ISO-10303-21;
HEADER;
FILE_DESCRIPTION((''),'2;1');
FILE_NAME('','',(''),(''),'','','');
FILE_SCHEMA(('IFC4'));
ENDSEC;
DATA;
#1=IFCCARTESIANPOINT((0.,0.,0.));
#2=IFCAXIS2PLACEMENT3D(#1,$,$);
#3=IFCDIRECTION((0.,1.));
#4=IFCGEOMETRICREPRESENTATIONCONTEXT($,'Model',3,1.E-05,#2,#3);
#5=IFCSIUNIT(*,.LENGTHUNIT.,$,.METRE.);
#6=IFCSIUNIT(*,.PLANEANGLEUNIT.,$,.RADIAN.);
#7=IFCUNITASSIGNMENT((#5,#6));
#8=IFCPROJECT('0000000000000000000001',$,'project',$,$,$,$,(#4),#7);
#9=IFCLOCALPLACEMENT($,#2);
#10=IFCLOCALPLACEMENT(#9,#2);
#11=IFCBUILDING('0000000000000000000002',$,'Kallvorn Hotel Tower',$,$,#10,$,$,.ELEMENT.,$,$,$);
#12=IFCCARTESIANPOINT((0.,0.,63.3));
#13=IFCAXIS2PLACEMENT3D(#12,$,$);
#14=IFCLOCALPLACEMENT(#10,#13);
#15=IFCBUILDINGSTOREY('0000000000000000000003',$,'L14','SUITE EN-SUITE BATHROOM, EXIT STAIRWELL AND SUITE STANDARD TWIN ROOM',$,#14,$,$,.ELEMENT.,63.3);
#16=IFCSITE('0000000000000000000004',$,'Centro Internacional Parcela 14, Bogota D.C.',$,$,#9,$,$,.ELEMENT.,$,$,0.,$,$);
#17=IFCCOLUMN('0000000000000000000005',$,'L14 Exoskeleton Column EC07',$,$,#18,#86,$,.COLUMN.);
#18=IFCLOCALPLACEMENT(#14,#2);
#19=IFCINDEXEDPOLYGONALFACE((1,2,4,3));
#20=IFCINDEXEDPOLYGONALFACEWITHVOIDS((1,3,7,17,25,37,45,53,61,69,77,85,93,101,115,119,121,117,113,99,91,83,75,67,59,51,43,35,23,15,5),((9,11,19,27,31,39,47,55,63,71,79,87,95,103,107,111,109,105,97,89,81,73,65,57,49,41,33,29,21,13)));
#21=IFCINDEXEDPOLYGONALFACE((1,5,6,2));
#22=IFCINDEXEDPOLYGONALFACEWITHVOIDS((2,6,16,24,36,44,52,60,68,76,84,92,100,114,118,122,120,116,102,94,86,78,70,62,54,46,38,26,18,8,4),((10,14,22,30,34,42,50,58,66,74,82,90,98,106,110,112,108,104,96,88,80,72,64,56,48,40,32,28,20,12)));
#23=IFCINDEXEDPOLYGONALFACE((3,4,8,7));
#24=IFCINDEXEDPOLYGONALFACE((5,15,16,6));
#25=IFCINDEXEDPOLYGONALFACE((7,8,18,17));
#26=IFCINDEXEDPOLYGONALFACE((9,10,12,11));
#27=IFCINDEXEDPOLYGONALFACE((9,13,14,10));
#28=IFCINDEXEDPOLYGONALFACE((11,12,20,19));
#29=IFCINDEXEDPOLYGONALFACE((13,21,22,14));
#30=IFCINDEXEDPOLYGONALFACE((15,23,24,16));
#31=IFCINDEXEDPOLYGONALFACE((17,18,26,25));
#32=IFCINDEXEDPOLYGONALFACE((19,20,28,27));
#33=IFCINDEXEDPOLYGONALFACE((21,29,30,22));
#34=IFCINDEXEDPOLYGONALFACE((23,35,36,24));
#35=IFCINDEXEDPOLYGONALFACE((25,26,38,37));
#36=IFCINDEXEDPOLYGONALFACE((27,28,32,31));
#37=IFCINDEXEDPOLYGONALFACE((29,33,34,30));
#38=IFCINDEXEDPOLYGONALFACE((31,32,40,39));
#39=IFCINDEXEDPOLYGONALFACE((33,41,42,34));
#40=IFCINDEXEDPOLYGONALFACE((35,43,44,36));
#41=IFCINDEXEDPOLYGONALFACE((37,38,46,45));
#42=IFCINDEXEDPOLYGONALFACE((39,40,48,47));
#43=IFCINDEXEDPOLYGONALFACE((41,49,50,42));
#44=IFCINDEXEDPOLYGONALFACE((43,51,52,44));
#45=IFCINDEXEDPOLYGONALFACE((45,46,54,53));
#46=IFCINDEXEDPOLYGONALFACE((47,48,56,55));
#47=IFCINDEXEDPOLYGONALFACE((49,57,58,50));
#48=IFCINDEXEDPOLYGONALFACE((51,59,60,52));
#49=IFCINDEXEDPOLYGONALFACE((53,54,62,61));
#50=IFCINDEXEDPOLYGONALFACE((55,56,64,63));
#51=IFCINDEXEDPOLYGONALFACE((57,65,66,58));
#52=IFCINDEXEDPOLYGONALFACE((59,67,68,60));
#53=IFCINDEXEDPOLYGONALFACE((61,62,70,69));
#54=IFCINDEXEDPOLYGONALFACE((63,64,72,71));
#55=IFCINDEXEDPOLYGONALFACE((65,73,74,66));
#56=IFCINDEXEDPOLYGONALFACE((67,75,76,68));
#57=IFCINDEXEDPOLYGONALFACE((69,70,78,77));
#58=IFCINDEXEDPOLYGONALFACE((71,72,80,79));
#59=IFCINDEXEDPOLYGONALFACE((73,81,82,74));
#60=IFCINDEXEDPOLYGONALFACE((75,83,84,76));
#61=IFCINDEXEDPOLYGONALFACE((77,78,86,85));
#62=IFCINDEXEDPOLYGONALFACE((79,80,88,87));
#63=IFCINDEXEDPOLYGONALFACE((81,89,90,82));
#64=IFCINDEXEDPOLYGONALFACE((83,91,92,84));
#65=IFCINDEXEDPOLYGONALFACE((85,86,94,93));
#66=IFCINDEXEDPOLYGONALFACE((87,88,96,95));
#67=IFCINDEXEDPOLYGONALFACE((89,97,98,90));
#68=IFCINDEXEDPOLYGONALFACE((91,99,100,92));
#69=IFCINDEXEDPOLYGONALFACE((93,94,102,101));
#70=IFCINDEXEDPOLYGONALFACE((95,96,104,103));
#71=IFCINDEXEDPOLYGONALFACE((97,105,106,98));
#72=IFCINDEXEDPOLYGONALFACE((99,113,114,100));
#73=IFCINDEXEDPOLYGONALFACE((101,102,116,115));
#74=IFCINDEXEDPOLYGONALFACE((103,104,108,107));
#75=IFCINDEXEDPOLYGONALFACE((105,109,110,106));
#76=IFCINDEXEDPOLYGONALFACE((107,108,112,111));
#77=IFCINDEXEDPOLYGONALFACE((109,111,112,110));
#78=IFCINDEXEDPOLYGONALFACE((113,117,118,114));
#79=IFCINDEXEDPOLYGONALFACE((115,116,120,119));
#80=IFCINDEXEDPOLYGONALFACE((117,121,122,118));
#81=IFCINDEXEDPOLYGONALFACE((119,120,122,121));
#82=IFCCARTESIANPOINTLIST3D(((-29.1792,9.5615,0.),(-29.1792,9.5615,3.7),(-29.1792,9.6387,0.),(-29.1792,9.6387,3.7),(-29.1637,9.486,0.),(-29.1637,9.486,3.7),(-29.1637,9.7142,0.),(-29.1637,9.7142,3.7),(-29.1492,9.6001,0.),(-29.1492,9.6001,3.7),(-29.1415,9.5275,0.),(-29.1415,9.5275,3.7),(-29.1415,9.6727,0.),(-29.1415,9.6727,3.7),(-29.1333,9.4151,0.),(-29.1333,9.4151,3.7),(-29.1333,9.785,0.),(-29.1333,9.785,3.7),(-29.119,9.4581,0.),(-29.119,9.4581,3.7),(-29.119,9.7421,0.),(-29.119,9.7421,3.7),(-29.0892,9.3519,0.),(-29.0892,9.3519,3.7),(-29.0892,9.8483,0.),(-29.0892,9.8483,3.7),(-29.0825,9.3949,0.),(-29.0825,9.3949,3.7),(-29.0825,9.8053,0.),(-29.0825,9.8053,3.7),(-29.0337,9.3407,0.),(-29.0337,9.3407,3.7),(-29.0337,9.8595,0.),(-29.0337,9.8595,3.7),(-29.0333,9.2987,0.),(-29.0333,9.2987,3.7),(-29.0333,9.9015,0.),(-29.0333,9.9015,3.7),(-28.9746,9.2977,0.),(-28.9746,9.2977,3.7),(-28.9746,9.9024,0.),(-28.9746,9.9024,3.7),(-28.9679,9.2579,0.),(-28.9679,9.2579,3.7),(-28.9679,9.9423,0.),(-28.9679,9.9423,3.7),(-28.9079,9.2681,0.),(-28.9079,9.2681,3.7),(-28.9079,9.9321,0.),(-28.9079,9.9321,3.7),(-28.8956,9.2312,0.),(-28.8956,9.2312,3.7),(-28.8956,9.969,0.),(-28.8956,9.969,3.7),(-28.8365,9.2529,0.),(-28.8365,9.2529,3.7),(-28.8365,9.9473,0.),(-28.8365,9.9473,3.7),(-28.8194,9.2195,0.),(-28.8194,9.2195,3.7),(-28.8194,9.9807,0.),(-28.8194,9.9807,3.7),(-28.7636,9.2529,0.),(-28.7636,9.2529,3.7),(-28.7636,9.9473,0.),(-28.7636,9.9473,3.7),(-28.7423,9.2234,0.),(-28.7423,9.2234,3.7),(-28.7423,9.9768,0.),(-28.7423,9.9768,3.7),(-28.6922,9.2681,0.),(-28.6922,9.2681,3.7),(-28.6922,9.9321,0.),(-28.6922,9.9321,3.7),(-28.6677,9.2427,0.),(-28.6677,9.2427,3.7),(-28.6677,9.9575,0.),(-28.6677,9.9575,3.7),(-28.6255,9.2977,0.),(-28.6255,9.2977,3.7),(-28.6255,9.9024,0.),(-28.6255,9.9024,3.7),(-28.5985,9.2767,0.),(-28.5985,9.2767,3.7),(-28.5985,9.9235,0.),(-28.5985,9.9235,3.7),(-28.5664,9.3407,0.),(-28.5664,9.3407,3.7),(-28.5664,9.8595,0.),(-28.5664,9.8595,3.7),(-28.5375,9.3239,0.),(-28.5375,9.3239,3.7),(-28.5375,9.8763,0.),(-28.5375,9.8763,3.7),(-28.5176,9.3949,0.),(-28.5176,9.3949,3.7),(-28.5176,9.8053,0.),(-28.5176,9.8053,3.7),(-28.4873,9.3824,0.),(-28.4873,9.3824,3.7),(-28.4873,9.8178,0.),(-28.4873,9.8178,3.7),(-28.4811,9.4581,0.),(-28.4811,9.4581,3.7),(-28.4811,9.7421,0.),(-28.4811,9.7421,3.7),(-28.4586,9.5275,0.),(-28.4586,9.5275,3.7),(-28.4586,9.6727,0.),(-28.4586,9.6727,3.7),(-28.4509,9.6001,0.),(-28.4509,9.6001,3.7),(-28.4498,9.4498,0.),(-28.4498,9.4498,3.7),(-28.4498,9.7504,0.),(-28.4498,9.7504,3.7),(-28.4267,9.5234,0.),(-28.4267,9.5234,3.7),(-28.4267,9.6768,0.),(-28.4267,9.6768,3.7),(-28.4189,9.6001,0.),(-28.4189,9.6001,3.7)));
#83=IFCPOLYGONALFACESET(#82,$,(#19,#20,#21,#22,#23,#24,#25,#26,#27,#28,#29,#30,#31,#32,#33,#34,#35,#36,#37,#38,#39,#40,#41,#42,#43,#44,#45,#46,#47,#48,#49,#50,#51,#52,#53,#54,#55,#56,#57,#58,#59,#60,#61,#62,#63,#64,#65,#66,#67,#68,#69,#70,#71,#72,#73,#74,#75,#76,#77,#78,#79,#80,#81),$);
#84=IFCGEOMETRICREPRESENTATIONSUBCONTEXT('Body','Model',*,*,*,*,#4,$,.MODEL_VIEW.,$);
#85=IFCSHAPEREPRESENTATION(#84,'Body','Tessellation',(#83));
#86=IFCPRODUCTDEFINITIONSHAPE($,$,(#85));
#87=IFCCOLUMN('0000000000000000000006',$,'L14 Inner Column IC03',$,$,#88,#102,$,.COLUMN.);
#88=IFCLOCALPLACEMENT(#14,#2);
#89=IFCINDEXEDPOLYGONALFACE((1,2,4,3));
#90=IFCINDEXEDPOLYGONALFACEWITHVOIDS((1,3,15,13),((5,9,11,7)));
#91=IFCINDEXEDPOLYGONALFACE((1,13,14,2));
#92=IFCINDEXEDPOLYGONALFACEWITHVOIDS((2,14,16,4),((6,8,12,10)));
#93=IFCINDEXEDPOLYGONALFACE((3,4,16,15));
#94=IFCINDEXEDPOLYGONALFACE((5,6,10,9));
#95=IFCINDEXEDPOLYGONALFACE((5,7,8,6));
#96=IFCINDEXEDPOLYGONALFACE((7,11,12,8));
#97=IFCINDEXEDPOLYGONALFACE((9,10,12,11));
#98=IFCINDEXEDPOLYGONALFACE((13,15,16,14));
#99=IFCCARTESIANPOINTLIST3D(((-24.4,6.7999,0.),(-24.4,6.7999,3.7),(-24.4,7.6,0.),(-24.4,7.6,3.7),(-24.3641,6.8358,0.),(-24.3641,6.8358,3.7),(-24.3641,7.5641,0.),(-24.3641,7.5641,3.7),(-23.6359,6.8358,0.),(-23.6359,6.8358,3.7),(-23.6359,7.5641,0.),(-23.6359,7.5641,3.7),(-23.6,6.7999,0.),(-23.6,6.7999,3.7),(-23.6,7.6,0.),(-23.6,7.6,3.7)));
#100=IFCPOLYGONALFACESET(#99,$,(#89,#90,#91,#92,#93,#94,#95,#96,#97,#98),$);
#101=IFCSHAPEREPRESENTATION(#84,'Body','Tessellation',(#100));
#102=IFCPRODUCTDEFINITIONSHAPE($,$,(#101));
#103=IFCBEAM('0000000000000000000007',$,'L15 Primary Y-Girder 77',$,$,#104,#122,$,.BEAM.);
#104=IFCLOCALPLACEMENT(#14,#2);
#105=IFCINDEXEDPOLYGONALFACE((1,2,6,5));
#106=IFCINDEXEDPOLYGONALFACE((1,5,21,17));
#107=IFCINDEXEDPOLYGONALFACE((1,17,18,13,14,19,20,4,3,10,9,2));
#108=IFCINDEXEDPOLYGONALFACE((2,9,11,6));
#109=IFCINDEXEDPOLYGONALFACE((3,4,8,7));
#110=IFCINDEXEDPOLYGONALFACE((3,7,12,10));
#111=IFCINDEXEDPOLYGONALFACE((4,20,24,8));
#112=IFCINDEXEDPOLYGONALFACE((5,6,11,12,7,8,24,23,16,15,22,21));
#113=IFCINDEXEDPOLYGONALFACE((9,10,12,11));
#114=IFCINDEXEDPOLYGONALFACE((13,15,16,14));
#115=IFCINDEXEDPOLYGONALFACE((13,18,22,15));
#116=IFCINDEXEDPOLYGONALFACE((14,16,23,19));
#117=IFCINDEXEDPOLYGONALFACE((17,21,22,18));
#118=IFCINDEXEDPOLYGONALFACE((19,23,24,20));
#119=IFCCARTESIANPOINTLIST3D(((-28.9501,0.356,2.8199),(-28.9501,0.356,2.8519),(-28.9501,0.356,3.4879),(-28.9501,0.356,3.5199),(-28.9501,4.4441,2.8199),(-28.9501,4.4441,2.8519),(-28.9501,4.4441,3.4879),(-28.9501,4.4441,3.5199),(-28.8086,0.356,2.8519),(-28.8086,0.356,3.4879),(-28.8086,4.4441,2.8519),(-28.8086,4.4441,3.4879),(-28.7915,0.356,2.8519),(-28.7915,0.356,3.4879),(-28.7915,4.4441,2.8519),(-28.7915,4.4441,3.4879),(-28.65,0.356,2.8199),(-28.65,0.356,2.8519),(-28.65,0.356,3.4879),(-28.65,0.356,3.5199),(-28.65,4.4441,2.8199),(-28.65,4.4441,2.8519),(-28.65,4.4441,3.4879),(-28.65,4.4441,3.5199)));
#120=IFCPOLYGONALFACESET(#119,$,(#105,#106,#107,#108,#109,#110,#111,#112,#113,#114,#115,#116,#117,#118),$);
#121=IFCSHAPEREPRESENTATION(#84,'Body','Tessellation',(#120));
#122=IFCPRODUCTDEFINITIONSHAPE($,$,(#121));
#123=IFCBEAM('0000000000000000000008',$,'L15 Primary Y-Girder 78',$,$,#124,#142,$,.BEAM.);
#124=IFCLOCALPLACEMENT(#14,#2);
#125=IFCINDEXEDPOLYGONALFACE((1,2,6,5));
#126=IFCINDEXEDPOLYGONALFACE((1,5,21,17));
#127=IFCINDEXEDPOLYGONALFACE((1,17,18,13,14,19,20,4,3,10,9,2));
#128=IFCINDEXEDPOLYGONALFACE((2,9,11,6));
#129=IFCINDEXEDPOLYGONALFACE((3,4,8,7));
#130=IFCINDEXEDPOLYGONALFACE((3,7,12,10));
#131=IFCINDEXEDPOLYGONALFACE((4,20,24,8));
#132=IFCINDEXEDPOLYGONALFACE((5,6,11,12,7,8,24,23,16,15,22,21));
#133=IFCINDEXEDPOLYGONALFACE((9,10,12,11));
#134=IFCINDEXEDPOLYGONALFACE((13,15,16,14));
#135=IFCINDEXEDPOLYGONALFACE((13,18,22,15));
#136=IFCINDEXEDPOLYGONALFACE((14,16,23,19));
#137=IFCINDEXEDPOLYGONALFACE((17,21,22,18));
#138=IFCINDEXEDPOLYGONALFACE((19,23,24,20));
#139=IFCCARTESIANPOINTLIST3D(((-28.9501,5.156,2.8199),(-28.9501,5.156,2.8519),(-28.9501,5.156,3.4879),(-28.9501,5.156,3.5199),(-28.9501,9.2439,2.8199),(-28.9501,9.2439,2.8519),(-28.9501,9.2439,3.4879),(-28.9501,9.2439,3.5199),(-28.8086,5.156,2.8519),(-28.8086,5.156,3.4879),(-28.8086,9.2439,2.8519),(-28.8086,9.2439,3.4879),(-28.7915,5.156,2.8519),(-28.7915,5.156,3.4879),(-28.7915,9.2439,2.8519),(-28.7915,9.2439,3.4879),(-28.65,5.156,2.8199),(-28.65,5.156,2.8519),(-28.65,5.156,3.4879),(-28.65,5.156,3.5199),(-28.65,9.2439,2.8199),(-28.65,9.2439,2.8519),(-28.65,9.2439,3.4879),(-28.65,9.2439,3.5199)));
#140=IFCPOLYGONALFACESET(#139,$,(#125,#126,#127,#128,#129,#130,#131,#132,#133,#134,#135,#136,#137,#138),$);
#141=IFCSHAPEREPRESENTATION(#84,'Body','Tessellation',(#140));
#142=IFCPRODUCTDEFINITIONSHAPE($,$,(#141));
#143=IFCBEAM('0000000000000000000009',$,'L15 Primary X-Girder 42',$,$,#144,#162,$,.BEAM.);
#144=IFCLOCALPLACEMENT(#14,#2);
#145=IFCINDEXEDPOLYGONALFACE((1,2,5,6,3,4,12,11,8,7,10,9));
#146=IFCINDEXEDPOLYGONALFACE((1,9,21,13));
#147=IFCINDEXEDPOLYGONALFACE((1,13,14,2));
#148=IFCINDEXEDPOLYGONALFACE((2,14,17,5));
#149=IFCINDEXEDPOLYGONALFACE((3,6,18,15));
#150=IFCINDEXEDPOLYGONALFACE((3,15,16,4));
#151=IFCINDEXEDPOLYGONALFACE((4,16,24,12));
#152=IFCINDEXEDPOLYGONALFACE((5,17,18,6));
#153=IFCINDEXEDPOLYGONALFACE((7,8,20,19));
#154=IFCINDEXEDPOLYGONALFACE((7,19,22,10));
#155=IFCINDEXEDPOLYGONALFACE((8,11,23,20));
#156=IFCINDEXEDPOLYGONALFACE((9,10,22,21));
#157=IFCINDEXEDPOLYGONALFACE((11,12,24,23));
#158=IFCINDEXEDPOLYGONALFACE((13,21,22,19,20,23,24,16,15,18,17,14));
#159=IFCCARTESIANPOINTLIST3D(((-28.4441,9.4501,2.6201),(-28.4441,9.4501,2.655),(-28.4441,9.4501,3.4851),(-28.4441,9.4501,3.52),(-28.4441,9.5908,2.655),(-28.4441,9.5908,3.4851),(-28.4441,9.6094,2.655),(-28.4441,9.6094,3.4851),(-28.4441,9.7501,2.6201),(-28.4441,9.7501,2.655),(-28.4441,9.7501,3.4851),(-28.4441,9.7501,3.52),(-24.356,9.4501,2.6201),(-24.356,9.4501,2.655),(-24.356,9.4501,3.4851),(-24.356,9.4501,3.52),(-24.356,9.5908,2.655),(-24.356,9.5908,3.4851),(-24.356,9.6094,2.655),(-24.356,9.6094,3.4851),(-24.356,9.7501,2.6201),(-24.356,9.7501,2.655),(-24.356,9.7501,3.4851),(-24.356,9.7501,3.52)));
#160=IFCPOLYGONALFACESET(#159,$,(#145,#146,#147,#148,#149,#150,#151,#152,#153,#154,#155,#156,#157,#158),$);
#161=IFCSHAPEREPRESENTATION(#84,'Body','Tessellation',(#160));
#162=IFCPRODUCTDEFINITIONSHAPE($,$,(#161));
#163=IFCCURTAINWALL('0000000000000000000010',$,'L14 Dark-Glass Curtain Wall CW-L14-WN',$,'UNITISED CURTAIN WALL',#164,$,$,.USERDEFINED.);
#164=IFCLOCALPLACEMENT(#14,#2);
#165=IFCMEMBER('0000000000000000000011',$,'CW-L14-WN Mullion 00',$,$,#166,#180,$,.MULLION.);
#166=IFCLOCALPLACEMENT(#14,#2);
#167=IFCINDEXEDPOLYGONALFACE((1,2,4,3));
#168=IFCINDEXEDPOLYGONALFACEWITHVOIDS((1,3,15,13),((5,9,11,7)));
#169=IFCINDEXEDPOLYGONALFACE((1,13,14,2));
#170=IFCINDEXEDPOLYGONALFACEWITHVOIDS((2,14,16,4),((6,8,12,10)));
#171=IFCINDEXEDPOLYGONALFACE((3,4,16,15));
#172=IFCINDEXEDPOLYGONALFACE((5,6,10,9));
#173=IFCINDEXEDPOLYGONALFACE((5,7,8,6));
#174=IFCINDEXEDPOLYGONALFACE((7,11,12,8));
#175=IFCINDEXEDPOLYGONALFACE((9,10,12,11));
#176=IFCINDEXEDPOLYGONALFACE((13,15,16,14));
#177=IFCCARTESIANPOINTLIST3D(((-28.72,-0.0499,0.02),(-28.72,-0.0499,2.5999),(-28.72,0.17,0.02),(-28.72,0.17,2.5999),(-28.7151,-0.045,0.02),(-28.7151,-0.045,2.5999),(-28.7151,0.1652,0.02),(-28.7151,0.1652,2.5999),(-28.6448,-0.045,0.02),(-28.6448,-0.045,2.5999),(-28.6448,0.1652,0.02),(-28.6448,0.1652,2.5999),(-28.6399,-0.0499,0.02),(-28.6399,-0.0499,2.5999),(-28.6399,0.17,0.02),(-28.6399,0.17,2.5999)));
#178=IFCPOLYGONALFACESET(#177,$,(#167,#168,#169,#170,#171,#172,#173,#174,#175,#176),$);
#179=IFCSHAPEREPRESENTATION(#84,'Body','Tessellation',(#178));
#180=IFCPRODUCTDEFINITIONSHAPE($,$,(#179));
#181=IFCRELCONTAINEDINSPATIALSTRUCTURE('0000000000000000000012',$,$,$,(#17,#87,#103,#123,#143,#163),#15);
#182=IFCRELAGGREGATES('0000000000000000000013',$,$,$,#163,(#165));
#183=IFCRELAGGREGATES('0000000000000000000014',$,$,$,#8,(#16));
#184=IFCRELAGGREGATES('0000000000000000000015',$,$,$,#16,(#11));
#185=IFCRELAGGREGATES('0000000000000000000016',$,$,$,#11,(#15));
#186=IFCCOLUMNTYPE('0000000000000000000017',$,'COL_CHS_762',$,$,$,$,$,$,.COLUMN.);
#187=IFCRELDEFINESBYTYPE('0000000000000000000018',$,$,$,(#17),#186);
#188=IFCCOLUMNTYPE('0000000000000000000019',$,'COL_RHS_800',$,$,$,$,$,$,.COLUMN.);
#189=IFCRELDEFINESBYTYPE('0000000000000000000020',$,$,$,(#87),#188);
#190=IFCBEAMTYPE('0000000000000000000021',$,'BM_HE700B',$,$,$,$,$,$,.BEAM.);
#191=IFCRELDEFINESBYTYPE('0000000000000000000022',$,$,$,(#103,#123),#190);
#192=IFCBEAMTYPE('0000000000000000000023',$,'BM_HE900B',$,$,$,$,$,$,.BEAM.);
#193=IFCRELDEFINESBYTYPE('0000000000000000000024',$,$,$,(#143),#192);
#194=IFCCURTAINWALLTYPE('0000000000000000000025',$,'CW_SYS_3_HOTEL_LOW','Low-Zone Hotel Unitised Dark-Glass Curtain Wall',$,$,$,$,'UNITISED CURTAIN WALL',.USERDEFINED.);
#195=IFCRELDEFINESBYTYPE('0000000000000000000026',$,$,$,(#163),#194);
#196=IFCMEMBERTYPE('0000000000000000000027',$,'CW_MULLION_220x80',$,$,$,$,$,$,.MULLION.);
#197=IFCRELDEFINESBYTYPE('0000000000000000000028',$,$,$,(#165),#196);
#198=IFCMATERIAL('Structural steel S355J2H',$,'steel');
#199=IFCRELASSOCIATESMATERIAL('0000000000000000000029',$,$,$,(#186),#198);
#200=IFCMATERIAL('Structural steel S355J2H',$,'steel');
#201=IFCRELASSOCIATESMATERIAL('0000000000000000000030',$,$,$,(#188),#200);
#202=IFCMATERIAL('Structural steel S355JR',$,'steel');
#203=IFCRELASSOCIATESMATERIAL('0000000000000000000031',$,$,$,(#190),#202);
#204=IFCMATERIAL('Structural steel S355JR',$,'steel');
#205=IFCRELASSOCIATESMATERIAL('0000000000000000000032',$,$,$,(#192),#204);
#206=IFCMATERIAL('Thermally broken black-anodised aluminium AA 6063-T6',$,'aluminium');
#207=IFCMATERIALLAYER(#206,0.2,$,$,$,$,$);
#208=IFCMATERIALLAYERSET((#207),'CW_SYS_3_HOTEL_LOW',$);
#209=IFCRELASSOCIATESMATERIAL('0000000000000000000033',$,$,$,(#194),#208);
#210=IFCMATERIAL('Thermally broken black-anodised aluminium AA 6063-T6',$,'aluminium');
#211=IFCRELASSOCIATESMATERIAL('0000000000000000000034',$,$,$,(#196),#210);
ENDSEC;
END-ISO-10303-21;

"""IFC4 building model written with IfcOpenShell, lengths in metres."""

from ifc_helpers import new_model, si_unit, direction, frame, origin, origin_2d, place, context, subcontext, project, spatial, hollow_rectangle, hollow_circle, i_section, extrude, material, layer, layer_set, material_profile, profile_set, type_object, element, aggregate, save


model = new_model("IFC4")

# Units and contexts
model_context = context("Model", 3, precision=1e-05, world=origin(), true_north=direction((0.0, 1.0)))
body_context = subcontext(model_context, "Body", "Model", "MODEL_VIEW")
ifc_project = project(units=[si_unit("LENGTHUNIT", "METRE"), si_unit("PLANEANGLEUNIT", "RADIAN")], contexts=[model_context])

# Site, building, storey
site_placement = place(None, origin())
site = spatial("IfcSite", under=ifc_project, at=site_placement, Name="Centro Internacional Parcela 14, Bogota D.C.", CompositionType="ELEMENT", RefElevation=0.0)
building_placement = place(site_placement, origin())
building = spatial("IfcBuilding", under=site, at=building_placement, Name="Kallvorn Hotel Tower", CompositionType="ELEMENT")
storey_placement = place(building_placement, frame((0.0, 0.0, 63.3)))
storey = spatial("IfcBuildingStorey", under=building, at=storey_placement, Name="L14", Description="SUITE EN-SUITE BATHROOM, EXIT STAIRWELL AND SUITE STANDARD TWIN ROOM", CompositionType="ELEMENT", Elevation=63.3)

# Columns
ifc_material_1 = material(Name="Structural steel S355J2H", Category="steel")
ifc_material_profile_1 = material_profile(ifc_material_1, hollow_circle(Radius=0.3811, WallThickness=0.032, at=origin_2d()), Name="CHS 762x32")
ifc_profile_set_1 = profile_set([ifc_material_profile_1], Name="Structural steel S355J2H")
column_type_1 = type_object("IfcColumnType", Name="COL_CHS_762", PredefinedType="COLUMN", material=ifc_profile_set_1)
for number, where, z_axis, x_axis, name in (
    (1, (-28.8, 9.6001, 0.0), (0.0, 0.0, 1.0), (1.0, 0.0, 0.0), "L14 Exoskeleton Column EC07"),
):
    element("IfcColumn", number, at=place(storey_placement, frame(where, z_axis=z_axis, x_axis=x_axis)), inside=storey, type_object=column_type_1, Name=name, PredefinedType="COLUMN", context=body_context, shape_type="SweptSolid", body=[
        extrude(hollow_circle(Radius=0.3811, WallThickness=0.032, at=origin_2d()), origin(), (0.0, 0.0, 1.0), 3.7),
    ])
ifc_material_2 = material(Name="Structural steel S355J2H", Category="steel")
ifc_material_profile_2 = material_profile(ifc_material_2, hollow_rectangle(XDim=0.8, YDim=0.8, WallThickness=0.0359, at=origin_2d()), Name="RHS 800x800x36")
ifc_profile_set_2 = profile_set([ifc_material_profile_2], Name="Structural steel S355J2H")
column_type_2 = type_object("IfcColumnType", Name="COL_RHS_800", PredefinedType="COLUMN", material=ifc_profile_set_2)
column_placement = place(storey_placement, frame((-24.0, 7.2, 0.0), z_axis=(0.0, 0.0, 1.0), x_axis=(1.0, 0.0, 0.0)))
element("IfcColumn", 2, at=column_placement, inside=storey, type_object=column_type_2, Name="L14 Inner Column IC03", PredefinedType="COLUMN", context=body_context, shape_type="SweptSolid", body=[
    extrude(hollow_rectangle(XDim=0.8, YDim=0.8, WallThickness=0.0359, at=origin_2d()), origin(), (0.0, 0.0, 1.0), 3.7),
])

# Beams
ifc_material_3 = material(Name="Structural steel S355JR", Category="steel")
ifc_material_profile_3 = material_profile(ifc_material_3, i_section(OverallWidth=0.3, OverallDepth=0.7, WebThickness=0.0171, FlangeThickness=0.032, at=origin_2d()), Name="HE 700 B")
ifc_profile_set_3 = profile_set([ifc_material_profile_3], Name="Structural steel S355JR")
beam_type_1 = type_object("IfcBeamType", Name="BM_HE700B", PredefinedType="BEAM", material=ifc_profile_set_3)
beam_1_placement = place(storey_placement, frame((-28.8, 0.356, 3.1699), z_axis=(0.0, 1.0, 0.0), x_axis=(-1.0, 0.0, 0.0)))
element("IfcBeam", 3, at=beam_1_placement, inside=storey, type_object=beam_type_1, Name="L15 Primary Y-Girder 77", PredefinedType="BEAM", context=body_context, shape_type="SweptSolid", body=[
    extrude(i_section(OverallWidth=0.3, OverallDepth=0.7, WebThickness=0.0171, FlangeThickness=0.032, at=origin_2d()), origin(), (0.0, 0.0, 1.0), 4.0881),
])
beam_2_placement = place(storey_placement, frame((-28.8, 5.156, 3.1699), z_axis=(0.0, 1.0, 0.0), x_axis=(-1.0, 0.0, 0.0)))
element("IfcBeam", 4, at=beam_2_placement, inside=storey, type_object=beam_type_1, Name="L15 Primary Y-Girder 78", PredefinedType="BEAM", context=body_context, shape_type="SweptSolid", body=[
    extrude(i_section(OverallWidth=0.3, OverallDepth=0.7, WebThickness=0.0171, FlangeThickness=0.032, at=origin_2d()), origin(), (0.0, 0.0, 1.0), 4.0879),
])
ifc_material_4 = material(Name="Structural steel S355JR", Category="steel")
ifc_material_profile_4 = material_profile(ifc_material_4, i_section(OverallWidth=0.3, OverallDepth=0.8999, WebThickness=0.0186, FlangeThickness=0.0349, at=origin_2d()), Name="HE 900 B")
ifc_profile_set_4 = profile_set([ifc_material_profile_4], Name="Structural steel S355JR")
beam_type_2 = type_object("IfcBeamType", Name="BM_HE900B", PredefinedType="BEAM", material=ifc_profile_set_4)
beam_3_placement = place(storey_placement, frame((-28.4441, 9.6001, 3.0701), z_axis=(1.0, 0.0, 0.0), x_axis=(0.0, 1.0, 0.0)))
element("IfcBeam", 5, at=beam_3_placement, inside=storey, type_object=beam_type_2, Name="L15 Primary X-Girder 42", PredefinedType="BEAM", context=body_context, shape_type="SweptSolid", body=[
    extrude(i_section(OverallWidth=0.3, OverallDepth=0.8999, WebThickness=0.0186, FlangeThickness=0.0349, at=origin_2d()), origin(), (0.0, 0.0, 1.0), 4.0881),
])

# Curtain wall, member
ifc_material_5 = material(Name="Thermally broken black-anodised aluminium AA 6063-T6", Category="aluminium")
ifc_layer_1 = layer(ifc_material_5, 0.2)
ifc_layer_set_1 = layer_set([ifc_layer_1], Name="CW_SYS_3_HOTEL_LOW")
curtain_wall_type = type_object("IfcCurtainWallType", Name="CW_SYS_3_HOTEL_LOW", Description="Low-Zone Hotel Unitised Dark-Glass Curtain Wall", ElementType="UNITISED CURTAIN WALL", PredefinedType="USERDEFINED", material=ifc_layer_set_1)
curtain_wall_placement = place(storey_placement, origin())
curtain_wall = element("IfcCurtainWall", 6, at=curtain_wall_placement, inside=storey, type_object=curtain_wall_type, Name="L14 Dark-Glass Curtain Wall CW-L14-WN", ObjectType="UNITISED CURTAIN WALL", PredefinedType="USERDEFINED")
ifc_material_6 = material(Name="Thermally broken black-anodised aluminium AA 6063-T6", Category="aluminium")
ifc_material_profile_5 = material_profile(ifc_material_6, hollow_rectangle(XDim=0.0801, YDim=0.22, WallThickness=0.0049, at=origin_2d()), Name="MUL 220x80")
ifc_profile_set_5 = profile_set([ifc_material_profile_5], Name="Thermally broken black-anodised aluminium AA 6063-T6")
member_type_1 = type_object("IfcMemberType", Name="CW_MULLION_220x80", PredefinedType="MULLION", material=ifc_profile_set_5)
member_1_placement = place(storey_placement, frame((-28.6799, 0.0601, 0.02), z_axis=(0.0, 0.0, 1.0), x_axis=(1.0, 0.0, 0.0)))
member_1 = element("IfcMember", 7, at=member_1_placement, type_object=member_type_1, Name="CW-L14-WN Mullion 00", PredefinedType="MULLION", context=body_context, shape_type="SweptSolid", body=[
    extrude(hollow_rectangle(XDim=0.0801, YDim=0.22, WallThickness=0.0049, at=origin_2d()), origin(), (0.0, 0.0, 1.0), 2.5798),
])
aggregate(curtain_wall, [member_1])

save(model, "model.ifc")
